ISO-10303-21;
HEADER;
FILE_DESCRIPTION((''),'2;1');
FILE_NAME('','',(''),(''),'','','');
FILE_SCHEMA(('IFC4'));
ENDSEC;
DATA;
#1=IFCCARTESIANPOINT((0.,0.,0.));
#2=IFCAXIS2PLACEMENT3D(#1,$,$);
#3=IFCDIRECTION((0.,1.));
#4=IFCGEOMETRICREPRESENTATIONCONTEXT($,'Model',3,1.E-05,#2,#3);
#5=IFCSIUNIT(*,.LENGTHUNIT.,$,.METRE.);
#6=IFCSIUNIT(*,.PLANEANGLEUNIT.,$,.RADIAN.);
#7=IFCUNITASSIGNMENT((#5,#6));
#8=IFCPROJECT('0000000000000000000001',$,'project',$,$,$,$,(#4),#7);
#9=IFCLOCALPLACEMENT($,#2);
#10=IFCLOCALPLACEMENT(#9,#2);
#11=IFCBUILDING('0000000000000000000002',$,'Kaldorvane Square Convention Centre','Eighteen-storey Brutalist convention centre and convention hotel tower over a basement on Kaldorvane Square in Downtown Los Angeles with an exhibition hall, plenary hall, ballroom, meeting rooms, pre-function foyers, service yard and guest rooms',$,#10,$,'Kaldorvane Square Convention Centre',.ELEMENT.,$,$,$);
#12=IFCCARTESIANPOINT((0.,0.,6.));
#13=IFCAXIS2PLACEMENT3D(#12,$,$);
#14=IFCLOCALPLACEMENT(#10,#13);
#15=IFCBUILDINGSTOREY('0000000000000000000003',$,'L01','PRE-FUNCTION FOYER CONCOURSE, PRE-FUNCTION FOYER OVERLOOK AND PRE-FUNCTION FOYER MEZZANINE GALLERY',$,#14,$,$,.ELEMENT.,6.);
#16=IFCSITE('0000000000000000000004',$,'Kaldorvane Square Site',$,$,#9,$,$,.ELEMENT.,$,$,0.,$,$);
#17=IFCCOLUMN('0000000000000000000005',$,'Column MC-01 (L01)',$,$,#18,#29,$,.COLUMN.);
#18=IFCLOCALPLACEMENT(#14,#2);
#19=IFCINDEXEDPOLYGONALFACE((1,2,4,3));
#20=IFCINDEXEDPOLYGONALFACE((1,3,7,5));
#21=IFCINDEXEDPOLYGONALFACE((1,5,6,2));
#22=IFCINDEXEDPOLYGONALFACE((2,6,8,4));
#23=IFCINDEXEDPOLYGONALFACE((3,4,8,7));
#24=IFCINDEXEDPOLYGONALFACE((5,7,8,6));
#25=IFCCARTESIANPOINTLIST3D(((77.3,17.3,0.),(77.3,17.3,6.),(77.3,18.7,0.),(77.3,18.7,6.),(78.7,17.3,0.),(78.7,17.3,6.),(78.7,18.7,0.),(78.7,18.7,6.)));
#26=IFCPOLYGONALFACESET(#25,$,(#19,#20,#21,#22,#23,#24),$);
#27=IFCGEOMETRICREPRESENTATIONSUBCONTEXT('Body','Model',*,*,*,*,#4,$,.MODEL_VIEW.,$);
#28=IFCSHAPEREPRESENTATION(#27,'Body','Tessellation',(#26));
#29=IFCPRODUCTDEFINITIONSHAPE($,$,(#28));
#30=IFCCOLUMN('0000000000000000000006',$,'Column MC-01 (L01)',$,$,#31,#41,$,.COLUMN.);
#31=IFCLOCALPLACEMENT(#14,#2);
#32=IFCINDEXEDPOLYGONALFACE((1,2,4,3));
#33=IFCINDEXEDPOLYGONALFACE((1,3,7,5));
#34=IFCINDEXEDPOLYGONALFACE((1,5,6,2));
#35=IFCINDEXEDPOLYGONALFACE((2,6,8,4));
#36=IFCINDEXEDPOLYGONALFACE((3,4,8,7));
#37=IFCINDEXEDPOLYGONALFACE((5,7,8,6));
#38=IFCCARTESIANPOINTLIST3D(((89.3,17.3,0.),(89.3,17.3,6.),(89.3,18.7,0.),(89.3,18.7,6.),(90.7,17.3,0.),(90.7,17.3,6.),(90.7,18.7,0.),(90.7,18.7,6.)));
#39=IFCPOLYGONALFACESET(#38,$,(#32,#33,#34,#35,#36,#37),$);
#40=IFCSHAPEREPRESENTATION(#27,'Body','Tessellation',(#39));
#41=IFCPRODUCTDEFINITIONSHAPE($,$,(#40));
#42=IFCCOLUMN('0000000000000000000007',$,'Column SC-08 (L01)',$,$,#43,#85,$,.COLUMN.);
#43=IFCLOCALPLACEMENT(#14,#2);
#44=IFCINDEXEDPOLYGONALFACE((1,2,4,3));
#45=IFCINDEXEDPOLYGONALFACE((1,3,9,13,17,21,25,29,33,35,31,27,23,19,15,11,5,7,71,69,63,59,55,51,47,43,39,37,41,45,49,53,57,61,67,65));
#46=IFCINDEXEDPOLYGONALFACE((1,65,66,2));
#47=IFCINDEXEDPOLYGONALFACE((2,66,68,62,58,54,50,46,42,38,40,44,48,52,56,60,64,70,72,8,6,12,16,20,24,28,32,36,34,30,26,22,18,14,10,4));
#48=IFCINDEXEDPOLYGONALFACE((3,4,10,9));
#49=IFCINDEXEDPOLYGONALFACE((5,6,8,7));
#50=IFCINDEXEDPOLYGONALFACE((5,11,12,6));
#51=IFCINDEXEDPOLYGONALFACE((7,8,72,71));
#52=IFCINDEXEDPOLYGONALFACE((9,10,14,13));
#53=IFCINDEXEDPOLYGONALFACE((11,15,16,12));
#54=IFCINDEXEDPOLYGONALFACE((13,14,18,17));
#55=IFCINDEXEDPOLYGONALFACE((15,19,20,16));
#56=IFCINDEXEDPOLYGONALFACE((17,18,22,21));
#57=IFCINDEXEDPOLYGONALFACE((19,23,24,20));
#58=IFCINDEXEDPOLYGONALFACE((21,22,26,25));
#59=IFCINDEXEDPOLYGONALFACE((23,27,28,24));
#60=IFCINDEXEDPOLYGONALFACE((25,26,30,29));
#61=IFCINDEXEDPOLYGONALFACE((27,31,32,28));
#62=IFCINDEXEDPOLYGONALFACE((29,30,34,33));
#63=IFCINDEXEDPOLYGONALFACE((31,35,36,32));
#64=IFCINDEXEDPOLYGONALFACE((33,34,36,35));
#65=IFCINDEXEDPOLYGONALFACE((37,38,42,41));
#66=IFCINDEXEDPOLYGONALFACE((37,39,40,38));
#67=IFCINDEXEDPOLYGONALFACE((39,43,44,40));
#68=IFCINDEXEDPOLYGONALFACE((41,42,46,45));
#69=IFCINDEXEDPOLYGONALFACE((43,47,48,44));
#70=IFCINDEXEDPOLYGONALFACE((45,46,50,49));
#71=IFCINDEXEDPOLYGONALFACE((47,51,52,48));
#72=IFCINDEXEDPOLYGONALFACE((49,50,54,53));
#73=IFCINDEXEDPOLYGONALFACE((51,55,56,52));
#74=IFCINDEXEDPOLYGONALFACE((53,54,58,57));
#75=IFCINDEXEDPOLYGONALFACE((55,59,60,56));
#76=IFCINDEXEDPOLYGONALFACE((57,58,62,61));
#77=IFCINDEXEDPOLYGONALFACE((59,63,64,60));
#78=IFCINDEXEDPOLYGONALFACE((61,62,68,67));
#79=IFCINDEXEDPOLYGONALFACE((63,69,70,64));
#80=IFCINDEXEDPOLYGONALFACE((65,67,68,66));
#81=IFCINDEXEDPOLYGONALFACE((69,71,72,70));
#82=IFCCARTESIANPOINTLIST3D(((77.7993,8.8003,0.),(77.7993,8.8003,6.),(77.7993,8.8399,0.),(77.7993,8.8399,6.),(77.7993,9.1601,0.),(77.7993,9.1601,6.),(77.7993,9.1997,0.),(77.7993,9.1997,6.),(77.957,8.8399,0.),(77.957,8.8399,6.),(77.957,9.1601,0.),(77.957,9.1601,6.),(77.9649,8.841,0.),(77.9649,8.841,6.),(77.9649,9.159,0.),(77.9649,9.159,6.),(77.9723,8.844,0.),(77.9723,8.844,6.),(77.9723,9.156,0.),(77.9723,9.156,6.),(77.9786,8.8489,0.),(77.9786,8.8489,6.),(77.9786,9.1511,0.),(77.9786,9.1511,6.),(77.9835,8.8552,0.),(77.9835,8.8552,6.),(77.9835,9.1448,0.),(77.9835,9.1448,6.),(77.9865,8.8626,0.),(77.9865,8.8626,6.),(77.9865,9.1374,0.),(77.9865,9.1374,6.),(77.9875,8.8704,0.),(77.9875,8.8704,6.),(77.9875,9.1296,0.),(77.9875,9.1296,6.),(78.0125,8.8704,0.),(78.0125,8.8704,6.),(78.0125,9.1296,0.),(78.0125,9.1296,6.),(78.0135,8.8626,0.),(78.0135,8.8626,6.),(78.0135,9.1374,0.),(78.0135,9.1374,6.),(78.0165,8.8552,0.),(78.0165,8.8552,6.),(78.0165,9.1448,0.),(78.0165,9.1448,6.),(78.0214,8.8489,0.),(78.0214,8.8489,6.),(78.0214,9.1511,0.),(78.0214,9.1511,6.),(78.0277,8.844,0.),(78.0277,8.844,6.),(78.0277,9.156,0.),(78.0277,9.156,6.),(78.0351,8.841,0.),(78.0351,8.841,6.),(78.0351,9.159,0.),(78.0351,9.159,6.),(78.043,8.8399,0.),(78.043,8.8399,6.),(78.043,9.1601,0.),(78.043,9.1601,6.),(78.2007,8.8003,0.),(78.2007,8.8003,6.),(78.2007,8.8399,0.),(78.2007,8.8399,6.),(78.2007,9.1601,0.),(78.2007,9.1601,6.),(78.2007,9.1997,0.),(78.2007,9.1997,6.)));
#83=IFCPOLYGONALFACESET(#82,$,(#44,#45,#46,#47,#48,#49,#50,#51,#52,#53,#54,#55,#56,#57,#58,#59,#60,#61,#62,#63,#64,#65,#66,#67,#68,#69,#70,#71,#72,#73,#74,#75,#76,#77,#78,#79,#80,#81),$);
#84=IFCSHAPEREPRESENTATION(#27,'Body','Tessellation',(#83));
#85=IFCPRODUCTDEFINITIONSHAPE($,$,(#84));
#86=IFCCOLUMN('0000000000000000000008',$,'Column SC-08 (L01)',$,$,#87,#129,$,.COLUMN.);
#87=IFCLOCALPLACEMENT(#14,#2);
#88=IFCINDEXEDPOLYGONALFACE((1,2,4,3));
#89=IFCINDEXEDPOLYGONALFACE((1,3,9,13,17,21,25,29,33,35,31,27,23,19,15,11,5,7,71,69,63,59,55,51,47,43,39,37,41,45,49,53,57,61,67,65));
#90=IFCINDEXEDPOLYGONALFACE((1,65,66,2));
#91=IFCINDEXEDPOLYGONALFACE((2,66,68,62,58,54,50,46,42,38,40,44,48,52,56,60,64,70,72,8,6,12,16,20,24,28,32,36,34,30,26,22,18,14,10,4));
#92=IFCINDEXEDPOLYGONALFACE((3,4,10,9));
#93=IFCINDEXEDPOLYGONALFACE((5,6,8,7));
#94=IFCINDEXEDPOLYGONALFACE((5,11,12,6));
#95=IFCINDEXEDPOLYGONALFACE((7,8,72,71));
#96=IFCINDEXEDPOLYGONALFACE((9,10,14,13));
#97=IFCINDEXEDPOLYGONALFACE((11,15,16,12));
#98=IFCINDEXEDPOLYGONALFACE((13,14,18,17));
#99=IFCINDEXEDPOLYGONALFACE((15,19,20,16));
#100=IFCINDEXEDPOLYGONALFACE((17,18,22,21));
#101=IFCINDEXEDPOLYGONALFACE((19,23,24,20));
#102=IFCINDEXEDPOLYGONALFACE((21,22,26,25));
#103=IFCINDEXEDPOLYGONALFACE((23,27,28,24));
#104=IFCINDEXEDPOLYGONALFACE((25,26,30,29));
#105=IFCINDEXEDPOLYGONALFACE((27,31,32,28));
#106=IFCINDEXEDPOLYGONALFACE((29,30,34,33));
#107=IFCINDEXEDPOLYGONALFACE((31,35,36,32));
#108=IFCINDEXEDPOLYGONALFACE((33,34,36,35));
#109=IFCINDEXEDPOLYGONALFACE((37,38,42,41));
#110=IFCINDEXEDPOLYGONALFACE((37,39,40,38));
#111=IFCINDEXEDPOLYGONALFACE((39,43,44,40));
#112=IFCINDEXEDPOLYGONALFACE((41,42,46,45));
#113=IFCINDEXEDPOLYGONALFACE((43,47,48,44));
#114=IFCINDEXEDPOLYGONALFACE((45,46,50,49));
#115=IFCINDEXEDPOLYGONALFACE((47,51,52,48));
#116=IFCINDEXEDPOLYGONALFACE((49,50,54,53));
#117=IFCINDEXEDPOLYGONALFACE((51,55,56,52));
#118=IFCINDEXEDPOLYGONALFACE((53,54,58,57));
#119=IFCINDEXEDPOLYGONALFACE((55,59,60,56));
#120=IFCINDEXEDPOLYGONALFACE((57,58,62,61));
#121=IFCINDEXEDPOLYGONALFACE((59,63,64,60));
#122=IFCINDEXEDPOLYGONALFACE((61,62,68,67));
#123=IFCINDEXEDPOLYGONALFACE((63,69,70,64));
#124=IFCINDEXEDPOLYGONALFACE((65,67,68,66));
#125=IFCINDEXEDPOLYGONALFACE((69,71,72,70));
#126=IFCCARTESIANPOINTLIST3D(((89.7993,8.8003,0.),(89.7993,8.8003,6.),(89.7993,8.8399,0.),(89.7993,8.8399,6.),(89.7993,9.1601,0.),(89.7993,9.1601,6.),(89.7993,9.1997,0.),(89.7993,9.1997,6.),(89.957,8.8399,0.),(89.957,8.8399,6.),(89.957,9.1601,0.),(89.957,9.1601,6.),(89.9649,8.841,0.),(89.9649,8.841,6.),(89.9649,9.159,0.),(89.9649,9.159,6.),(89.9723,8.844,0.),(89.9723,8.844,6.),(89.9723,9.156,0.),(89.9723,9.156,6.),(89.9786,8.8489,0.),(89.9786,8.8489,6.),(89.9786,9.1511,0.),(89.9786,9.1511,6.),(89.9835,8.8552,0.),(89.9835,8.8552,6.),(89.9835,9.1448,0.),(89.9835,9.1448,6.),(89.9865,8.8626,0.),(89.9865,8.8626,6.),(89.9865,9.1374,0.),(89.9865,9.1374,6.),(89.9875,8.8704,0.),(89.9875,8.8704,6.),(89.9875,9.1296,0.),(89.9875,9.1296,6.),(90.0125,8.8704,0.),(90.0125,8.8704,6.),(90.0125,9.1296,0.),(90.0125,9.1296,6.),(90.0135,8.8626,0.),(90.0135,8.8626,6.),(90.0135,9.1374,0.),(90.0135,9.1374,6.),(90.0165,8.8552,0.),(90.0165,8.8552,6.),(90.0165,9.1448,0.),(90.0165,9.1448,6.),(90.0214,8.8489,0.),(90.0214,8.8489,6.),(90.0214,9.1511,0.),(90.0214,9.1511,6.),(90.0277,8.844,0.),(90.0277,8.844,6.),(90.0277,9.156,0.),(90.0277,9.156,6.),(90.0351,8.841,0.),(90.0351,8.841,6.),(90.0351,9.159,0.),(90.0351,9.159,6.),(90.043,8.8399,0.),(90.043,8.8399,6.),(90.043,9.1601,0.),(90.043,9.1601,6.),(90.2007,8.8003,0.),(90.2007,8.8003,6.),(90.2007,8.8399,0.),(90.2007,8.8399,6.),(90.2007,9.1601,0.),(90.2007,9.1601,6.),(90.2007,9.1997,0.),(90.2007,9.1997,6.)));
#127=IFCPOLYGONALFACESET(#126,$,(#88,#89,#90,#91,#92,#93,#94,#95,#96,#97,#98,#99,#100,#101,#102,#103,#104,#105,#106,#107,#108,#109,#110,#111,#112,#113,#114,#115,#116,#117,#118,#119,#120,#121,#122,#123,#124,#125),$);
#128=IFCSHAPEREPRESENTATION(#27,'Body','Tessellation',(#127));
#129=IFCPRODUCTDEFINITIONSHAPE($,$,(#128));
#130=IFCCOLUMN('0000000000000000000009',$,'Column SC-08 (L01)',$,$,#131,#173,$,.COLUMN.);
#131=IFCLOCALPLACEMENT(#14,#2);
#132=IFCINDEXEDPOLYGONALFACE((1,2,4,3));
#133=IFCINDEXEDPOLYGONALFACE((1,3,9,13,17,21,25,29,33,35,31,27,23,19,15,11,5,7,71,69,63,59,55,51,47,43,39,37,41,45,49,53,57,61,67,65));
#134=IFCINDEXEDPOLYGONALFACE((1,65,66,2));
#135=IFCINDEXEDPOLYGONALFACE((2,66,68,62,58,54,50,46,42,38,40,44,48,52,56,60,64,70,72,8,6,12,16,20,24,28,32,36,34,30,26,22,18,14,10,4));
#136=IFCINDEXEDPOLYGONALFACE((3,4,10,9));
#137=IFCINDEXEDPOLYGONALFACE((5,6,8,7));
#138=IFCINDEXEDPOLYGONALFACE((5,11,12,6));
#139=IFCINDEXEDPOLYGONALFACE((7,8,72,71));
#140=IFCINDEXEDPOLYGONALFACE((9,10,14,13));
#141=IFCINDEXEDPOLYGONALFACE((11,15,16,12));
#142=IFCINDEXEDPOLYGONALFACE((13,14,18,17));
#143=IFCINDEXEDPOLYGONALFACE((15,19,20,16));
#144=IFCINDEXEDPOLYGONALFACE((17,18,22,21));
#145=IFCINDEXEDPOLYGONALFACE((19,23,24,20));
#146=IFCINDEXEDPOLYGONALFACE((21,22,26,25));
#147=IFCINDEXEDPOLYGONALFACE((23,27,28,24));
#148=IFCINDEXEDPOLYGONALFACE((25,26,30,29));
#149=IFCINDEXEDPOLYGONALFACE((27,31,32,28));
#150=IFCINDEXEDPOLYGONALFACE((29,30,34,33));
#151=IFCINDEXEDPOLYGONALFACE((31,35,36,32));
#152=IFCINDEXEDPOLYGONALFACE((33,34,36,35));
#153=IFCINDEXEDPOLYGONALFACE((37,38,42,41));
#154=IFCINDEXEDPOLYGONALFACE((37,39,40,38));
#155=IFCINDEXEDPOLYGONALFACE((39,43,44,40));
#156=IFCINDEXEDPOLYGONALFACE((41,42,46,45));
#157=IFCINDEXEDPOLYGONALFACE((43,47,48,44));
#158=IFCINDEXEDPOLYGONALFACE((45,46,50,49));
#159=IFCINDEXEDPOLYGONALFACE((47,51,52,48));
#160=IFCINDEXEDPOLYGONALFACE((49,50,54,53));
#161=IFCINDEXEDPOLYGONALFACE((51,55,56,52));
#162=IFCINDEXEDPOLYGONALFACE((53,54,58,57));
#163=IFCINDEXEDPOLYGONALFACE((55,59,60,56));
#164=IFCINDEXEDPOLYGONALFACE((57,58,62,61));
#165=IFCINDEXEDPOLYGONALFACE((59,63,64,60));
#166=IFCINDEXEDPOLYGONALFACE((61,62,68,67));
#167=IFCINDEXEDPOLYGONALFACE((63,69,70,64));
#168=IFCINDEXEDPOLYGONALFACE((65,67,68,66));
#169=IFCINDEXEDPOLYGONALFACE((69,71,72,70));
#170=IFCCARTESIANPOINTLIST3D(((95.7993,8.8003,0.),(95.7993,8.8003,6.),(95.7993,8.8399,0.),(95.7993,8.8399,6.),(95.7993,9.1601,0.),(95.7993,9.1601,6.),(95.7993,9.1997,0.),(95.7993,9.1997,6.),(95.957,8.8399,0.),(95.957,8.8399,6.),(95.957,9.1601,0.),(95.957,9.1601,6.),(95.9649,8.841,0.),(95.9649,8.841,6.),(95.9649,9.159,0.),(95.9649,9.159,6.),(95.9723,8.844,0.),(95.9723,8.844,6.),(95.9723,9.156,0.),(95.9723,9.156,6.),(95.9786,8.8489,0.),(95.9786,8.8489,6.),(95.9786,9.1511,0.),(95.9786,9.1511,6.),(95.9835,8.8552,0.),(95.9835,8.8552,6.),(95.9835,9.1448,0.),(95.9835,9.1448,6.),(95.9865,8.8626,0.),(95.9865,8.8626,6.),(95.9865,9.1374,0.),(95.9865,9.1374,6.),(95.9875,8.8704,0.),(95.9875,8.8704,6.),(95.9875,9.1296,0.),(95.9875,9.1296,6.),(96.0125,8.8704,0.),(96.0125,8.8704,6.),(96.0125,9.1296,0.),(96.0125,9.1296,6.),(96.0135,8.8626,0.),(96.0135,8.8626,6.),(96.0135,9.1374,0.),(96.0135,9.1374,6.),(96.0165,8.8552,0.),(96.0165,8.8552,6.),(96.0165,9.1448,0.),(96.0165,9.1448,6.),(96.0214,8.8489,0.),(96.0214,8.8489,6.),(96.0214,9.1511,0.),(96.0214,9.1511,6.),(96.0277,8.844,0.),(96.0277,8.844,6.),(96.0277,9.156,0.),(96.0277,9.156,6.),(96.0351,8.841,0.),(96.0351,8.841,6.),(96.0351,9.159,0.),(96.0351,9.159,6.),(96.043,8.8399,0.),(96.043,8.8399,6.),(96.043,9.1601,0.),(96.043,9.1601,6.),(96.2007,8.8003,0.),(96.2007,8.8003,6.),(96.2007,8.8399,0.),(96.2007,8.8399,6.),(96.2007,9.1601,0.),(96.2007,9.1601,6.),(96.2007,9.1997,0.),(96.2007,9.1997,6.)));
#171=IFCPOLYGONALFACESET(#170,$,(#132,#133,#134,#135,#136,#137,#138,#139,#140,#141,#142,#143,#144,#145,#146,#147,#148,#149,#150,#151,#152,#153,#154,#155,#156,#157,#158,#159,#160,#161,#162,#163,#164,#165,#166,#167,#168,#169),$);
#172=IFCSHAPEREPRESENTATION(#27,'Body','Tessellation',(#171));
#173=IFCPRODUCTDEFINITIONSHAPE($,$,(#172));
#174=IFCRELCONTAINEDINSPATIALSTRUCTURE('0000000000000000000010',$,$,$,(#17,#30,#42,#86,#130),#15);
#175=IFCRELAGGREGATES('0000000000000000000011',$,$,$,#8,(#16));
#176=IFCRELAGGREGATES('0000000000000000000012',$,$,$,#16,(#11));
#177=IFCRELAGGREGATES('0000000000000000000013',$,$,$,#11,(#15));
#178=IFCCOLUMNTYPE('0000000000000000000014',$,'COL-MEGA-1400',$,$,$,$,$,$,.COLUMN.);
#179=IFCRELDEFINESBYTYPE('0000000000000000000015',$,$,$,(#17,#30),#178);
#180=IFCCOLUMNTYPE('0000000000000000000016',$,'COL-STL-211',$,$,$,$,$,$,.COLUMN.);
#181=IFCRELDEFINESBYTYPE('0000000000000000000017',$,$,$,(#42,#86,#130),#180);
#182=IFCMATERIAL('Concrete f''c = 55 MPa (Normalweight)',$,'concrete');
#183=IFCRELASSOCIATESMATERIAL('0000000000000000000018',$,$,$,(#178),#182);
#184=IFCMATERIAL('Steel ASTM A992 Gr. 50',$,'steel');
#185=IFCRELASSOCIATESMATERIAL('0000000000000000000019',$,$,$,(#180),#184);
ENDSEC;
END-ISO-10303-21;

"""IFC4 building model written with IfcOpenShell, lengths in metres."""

from ifc_helpers import new_model, si_unit, direction, frame, origin, origin_2d, place, context, subcontext, project, spatial, rectangle, i_section, extrude, material, material_profile, profile_set, type_object, element, save


model = new_model("IFC4")

# Units and contexts
model_context = context("Model", 3, precision=1e-05, world=origin(), true_north=direction((0.0, 1.0)))
body_context = subcontext(model_context, "Body", "Model", "MODEL_VIEW")
ifc_project = project(units=[si_unit("LENGTHUNIT", "METRE"), si_unit("PLANEANGLEUNIT", "RADIAN")], contexts=[model_context])

# Site, building, storey
site_placement = place(None, origin())
site = spatial("IfcSite", under=ifc_project, at=site_placement, Name="Kaldorvane Square Site", CompositionType="ELEMENT", RefElevation=0.0)
building_placement = place(site_placement, origin())
building = spatial("IfcBuilding", under=site, at=building_placement, Name="Kaldorvane Square Convention Centre", Description="Eighteen-storey Brutalist convention centre and convention hotel tower over a basement on Kaldorvane Square in Downtown Los Angeles with an exhibition hall, plenary hall, ballroom, meeting rooms, pre-function foyers, service yard and guest rooms", LongName="Kaldorvane Square Convention Centre", CompositionType="ELEMENT")
storey_placement = place(building_placement, frame((0.0, 0.0, 6.0)))
storey = spatial("IfcBuildingStorey", under=building, at=storey_placement, Name="L01", Description="PRE-FUNCTION FOYER CONCOURSE, PRE-FUNCTION FOYER OVERLOOK AND PRE-FUNCTION FOYER MEZZANINE GALLERY", CompositionType="ELEMENT", Elevation=6.0)

# Columns
ifc_material_1 = material(Name="Concrete f'c = 55 MPa (Normalweight)", Category="concrete")
ifc_material_profile_1 = material_profile(ifc_material_1, rectangle(XDim=1.4, YDim=1.4, at=origin_2d()), Name="RC1400X1400")
ifc_profile_set_1 = profile_set([ifc_material_profile_1], Name="Concrete f'c = 55 MPa (Normalweight)")
column_type_1 = type_object("IfcColumnType", Name="COL-MEGA-1400", PredefinedType="COLUMN", material=ifc_profile_set_1)
for number, where, z_axis, x_axis, name in (
    (1, (78.0, 18.0, 0.0), (0.0, 0.0, 1.0), (1.0, 0.0, 0.0), "Column MC-01 (L01)"),
    (2, (90.0, 18.0, 0.0), (0.0, 0.0, 1.0), (1.0, 0.0, 0.0), "Column MC-01 (L01)"),
):
    element("IfcColumn", number, at=place(storey_placement, frame(where, z_axis=z_axis, x_axis=x_axis)), inside=storey, type_object=column_type_1, Name=name, PredefinedType="COLUMN", context=body_context, shape_type="SweptSolid", body=[
        extrude(rectangle(XDim=1.4, YDim=1.4, at=origin_2d()), origin(), (0.0, 0.0, 1.0), 6.0),
    ])
ifc_material_2 = material(Name="Steel ASTM A992 Gr. 50", Category="steel")
ifc_material_profile_2 = material_profile(ifc_material_2, i_section(OverallWidth=0.4013, OverallDepth=0.3993, WebThickness=0.0249, FlangeThickness=0.0396, FilletRadius=0.0305, at=origin_2d()), Name="W14X211")
ifc_profile_set_2 = profile_set([ifc_material_profile_2], Name="Steel ASTM A992 Gr. 50")
column_type_2 = type_object("IfcColumnType", Name="COL-STL-211", PredefinedType="COLUMN", material=ifc_profile_set_2)
for number, where, z_axis, x_axis, name in (
    (3, (78.0, 9.0, 0.0), (0.0, 0.0, 1.0), (1.0, 0.0, 0.0), "Column SC-08 (L01)"),
    (4, (90.0, 9.0, 0.0), (0.0, 0.0, 1.0), (1.0, 0.0, 0.0), "Column SC-08 (L01)"),
    (5, (96.0, 9.0, 0.0), (0.0, 0.0, 1.0), (1.0, 0.0, 0.0), "Column SC-08 (L01)"),
):
    element("IfcColumn", number, at=place(storey_placement, frame(where, z_axis=z_axis, x_axis=x_axis)), inside=storey, type_object=column_type_2, Name=name, PredefinedType="COLUMN", context=body_context, shape_type="SweptSolid", body=[
        extrude(i_section(OverallWidth=0.4013, OverallDepth=0.3993, WebThickness=0.0249, FlangeThickness=0.0396, FilletRadius=0.0305, at=origin_2d()), origin(), (0.0, 0.0, 1.0), 6.0),
    ])

save(model, "model.ifc")
